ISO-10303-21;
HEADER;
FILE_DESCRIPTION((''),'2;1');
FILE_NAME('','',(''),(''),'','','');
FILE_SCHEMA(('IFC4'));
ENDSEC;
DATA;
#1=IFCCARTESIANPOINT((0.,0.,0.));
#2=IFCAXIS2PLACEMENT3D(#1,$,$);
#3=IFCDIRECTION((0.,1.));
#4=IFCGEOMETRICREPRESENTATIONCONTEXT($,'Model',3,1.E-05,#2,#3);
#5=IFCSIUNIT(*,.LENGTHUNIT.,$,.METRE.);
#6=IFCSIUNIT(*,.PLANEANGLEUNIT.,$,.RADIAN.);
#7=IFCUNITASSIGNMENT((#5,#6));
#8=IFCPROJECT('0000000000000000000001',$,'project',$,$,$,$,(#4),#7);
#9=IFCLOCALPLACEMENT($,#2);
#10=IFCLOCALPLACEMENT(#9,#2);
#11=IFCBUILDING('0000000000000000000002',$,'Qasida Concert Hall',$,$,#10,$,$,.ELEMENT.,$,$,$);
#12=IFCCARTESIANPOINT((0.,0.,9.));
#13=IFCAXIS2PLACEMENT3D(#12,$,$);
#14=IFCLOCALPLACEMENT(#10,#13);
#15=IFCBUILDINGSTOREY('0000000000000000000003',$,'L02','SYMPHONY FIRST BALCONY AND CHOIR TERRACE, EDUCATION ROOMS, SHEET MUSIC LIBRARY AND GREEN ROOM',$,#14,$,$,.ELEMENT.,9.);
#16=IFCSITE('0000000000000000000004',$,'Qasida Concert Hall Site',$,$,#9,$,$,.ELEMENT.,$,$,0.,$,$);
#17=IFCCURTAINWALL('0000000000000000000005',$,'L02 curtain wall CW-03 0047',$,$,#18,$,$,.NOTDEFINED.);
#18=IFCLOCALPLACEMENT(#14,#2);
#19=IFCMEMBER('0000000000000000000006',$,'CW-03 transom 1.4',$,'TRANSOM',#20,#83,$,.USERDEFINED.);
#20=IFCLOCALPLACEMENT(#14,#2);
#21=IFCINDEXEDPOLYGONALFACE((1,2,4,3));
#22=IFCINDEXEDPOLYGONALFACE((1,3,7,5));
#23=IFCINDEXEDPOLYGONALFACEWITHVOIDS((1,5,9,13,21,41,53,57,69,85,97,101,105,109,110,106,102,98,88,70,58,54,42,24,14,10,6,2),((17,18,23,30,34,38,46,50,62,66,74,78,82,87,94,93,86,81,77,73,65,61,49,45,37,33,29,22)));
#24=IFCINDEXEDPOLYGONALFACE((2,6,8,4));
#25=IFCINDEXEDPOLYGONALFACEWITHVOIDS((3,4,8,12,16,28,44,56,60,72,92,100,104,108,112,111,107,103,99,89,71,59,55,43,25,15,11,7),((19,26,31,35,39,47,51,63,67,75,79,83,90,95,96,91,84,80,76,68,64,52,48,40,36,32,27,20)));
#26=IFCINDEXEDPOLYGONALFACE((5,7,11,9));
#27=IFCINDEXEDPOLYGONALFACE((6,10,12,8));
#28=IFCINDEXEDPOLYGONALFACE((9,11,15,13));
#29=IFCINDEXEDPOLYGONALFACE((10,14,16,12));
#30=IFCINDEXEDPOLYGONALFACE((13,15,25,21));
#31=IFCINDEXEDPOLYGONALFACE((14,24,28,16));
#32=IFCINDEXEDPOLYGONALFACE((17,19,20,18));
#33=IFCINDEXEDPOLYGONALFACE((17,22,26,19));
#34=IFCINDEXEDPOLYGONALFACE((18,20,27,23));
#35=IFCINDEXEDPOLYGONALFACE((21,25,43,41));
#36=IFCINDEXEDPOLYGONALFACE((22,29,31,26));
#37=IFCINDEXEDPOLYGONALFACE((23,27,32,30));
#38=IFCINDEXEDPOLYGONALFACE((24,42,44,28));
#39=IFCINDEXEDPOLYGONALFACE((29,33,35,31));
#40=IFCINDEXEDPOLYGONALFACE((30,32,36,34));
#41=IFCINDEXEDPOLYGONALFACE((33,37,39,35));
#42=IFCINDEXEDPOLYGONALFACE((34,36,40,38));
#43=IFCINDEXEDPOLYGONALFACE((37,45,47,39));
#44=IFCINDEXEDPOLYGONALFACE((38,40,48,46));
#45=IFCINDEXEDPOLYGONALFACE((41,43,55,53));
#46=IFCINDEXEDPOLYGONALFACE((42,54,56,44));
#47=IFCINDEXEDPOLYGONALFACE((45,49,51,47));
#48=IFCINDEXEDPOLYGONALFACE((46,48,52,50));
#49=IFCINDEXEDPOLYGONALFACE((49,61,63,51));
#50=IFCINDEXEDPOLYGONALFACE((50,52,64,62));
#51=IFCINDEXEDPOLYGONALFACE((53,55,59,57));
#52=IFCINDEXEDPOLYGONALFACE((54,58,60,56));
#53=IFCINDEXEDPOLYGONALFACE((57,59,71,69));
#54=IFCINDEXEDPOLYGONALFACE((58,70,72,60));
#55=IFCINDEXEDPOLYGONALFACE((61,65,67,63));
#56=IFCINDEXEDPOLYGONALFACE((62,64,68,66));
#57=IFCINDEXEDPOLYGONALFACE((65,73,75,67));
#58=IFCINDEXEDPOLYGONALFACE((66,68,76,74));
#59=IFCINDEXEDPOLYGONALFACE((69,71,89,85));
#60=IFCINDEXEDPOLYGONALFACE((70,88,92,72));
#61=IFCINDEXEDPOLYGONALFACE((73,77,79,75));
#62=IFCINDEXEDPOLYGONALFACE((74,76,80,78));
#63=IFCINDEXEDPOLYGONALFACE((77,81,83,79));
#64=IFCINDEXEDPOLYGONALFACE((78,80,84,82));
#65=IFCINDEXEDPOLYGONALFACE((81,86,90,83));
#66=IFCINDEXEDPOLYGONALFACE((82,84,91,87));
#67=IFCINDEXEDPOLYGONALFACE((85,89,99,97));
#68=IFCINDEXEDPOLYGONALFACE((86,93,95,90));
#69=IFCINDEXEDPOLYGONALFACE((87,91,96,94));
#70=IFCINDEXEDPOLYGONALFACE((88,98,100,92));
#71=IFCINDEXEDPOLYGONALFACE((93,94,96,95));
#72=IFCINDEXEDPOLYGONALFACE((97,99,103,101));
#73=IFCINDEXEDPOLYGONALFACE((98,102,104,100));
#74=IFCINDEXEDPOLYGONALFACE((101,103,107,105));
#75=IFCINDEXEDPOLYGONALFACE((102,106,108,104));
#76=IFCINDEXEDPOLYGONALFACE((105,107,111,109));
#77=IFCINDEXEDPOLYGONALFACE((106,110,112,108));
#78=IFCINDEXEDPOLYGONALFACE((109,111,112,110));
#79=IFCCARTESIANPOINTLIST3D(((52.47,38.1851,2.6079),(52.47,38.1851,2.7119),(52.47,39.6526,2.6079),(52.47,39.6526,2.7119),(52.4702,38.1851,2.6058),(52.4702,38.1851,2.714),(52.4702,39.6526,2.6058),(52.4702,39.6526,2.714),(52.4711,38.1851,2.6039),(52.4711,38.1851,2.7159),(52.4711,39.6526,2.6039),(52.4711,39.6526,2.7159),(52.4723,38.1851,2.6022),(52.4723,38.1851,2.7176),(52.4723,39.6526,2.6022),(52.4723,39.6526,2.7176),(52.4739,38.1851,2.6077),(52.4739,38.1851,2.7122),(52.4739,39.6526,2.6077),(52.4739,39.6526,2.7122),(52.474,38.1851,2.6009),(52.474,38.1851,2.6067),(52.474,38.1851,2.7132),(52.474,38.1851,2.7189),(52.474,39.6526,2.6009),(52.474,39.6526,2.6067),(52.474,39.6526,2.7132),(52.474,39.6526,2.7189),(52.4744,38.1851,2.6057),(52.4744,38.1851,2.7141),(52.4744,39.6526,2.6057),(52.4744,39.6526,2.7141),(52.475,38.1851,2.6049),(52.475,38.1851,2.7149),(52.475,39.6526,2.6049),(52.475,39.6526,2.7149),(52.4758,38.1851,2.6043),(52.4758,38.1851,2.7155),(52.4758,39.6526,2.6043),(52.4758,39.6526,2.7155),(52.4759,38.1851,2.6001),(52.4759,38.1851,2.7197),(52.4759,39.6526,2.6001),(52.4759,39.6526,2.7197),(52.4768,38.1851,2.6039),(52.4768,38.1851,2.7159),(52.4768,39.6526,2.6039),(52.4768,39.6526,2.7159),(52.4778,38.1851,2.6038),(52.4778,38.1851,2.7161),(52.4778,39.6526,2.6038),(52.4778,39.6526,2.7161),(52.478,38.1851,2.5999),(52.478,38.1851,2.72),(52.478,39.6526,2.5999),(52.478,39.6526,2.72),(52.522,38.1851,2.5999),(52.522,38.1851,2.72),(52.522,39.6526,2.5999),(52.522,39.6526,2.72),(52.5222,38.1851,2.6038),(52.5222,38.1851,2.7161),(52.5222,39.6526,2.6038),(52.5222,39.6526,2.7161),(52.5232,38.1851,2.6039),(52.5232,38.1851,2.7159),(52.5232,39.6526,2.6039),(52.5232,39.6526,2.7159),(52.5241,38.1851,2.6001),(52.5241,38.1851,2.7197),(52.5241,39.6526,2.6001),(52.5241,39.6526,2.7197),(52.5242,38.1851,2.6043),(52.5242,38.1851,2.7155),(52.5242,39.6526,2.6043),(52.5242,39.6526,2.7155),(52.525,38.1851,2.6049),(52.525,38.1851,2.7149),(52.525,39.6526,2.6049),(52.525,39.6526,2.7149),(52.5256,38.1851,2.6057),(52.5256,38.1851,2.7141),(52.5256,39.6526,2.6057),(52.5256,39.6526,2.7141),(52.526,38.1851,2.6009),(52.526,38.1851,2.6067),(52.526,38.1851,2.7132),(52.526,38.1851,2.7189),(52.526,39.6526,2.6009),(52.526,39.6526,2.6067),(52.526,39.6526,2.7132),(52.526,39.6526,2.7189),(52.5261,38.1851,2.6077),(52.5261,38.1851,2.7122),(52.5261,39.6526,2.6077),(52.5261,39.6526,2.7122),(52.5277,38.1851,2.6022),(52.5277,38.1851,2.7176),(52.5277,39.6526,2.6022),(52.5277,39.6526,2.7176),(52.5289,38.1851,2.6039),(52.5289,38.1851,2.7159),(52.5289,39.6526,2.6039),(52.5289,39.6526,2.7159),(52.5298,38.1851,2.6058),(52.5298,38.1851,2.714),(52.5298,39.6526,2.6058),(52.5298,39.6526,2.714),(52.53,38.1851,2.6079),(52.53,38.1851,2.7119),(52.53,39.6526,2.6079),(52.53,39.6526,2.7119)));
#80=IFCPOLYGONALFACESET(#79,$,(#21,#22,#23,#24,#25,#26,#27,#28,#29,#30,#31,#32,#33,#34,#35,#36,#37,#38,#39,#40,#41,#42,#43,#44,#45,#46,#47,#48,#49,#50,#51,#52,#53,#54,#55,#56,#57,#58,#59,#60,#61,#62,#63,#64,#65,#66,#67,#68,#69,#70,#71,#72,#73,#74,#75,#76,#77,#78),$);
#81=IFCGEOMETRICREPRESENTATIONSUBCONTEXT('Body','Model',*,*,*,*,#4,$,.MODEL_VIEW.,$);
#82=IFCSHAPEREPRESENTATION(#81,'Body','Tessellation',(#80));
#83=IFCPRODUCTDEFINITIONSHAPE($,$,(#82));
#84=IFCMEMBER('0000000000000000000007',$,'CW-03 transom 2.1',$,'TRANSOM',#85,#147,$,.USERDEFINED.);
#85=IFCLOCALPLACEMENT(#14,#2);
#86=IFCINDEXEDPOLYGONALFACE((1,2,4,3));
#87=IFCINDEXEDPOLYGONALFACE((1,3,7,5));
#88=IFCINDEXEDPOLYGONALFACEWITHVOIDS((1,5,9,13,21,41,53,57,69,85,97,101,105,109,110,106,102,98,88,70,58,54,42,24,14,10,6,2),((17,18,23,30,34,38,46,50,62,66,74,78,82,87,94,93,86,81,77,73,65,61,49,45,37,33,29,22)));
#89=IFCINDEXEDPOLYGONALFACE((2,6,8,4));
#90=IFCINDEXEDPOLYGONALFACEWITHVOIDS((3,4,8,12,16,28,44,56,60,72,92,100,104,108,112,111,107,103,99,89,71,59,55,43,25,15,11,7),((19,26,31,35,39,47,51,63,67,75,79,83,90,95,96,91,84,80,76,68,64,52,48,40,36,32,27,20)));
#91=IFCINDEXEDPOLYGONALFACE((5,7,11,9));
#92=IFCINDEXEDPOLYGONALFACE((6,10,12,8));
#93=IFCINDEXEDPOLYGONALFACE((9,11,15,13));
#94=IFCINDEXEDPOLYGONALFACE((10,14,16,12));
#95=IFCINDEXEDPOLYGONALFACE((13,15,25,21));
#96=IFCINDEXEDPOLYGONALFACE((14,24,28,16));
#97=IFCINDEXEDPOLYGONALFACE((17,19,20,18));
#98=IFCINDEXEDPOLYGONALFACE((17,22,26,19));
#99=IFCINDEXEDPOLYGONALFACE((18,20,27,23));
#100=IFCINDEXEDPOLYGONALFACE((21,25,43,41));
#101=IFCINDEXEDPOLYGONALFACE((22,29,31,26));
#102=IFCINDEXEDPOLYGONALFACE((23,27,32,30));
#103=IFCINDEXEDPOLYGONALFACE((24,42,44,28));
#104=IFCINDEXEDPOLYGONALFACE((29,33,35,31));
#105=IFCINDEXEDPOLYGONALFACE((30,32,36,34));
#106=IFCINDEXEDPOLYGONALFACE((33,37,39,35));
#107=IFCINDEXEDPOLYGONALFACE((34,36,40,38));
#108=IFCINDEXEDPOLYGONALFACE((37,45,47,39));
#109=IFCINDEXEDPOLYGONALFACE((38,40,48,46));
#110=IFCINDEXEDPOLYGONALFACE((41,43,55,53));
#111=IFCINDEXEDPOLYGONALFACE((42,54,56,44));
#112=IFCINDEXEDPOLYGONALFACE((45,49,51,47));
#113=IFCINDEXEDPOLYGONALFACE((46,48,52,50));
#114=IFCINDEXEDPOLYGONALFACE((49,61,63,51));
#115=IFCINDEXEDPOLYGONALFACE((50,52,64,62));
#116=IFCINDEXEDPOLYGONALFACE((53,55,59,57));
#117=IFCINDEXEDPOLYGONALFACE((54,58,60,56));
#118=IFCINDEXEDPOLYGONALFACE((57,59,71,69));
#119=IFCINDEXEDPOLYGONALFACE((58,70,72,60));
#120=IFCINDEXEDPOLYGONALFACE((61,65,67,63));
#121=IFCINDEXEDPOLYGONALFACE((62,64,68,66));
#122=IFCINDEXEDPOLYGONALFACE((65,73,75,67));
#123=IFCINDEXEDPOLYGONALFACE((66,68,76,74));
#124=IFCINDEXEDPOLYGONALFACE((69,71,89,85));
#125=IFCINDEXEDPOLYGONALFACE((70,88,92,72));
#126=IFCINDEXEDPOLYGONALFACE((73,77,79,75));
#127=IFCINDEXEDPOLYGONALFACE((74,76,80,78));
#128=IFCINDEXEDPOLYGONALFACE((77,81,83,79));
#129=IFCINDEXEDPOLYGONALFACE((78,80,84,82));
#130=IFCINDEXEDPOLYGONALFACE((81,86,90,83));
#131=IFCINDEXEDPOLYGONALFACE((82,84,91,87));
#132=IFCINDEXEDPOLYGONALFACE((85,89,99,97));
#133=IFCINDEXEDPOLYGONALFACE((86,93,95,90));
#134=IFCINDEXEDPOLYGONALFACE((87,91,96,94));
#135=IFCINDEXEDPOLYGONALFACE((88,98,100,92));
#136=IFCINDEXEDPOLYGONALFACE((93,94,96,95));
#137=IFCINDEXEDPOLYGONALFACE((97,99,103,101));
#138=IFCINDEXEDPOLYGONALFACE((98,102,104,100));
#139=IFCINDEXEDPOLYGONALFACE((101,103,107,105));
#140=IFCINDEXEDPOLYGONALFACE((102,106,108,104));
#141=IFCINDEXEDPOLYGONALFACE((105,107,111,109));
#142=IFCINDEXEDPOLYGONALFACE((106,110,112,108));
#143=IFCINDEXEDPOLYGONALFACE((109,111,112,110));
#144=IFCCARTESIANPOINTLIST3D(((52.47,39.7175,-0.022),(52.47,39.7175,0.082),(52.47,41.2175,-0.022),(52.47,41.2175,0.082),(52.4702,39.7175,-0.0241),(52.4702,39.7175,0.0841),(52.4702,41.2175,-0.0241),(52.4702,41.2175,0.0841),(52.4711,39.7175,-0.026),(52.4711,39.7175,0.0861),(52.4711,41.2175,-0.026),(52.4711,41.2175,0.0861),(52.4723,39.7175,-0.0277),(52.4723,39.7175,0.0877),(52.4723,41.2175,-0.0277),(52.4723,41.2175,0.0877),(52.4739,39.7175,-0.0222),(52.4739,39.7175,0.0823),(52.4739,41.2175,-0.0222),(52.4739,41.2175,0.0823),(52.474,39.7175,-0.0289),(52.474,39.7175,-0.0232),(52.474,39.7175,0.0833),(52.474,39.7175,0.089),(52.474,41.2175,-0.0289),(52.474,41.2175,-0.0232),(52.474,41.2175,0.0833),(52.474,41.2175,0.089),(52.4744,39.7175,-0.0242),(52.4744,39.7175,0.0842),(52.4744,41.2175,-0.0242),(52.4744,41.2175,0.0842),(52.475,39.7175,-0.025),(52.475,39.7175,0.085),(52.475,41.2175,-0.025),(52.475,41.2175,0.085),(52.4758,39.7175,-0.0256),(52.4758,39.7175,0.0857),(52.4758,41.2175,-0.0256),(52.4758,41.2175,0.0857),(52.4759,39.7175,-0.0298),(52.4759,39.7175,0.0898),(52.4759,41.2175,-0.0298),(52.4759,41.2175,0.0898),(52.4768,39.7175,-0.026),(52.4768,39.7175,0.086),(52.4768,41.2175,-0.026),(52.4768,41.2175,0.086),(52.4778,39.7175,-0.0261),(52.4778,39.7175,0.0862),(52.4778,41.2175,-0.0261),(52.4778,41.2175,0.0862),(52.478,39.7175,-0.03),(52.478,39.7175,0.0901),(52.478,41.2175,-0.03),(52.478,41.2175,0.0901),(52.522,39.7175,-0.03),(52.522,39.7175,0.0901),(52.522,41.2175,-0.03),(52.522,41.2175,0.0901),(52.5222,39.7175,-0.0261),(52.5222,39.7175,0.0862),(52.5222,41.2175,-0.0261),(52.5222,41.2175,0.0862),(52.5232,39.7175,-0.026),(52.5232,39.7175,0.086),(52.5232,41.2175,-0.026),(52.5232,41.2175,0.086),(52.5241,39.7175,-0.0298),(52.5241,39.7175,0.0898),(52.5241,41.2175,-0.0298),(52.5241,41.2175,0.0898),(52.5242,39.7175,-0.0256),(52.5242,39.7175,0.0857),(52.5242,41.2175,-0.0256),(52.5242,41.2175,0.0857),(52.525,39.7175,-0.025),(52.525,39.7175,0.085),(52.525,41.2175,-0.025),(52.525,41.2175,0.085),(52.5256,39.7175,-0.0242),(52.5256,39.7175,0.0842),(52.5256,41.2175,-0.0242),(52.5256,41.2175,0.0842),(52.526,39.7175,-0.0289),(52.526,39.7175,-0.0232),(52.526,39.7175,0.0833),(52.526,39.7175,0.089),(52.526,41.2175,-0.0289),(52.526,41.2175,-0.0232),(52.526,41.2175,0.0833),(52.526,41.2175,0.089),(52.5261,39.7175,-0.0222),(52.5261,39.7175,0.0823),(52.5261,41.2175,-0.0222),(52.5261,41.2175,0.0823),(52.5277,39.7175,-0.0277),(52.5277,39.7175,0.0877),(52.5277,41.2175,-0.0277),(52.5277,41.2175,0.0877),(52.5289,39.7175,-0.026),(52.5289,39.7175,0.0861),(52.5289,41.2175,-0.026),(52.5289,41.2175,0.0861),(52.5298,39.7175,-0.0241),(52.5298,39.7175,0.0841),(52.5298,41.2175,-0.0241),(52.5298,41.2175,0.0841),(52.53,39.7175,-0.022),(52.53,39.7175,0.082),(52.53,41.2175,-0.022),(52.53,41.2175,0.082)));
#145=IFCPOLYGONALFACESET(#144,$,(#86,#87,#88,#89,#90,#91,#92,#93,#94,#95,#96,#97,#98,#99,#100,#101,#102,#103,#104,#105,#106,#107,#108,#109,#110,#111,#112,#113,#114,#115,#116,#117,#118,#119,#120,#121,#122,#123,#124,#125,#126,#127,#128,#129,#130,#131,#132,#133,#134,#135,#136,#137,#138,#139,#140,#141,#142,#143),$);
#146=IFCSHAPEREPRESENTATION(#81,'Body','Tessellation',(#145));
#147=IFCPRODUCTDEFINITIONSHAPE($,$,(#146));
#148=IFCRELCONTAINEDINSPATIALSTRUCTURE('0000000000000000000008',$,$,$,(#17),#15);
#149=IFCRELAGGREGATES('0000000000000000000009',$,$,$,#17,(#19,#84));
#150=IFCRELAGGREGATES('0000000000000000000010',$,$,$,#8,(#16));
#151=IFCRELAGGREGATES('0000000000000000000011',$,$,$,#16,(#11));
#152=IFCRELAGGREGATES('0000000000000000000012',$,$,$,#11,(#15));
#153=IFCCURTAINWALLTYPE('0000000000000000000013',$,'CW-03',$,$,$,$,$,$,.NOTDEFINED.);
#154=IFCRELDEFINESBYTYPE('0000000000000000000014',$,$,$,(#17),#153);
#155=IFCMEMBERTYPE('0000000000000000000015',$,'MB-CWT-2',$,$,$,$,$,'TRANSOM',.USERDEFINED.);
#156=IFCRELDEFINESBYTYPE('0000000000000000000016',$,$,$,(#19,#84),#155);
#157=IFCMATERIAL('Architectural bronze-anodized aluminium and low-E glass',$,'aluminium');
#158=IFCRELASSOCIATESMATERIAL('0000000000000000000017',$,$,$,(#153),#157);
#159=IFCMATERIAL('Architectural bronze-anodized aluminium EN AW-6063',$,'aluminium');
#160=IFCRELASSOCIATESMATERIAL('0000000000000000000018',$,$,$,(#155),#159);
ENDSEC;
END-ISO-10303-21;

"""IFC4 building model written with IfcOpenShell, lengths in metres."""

from ifc_helpers import new_model, si_unit, direction, frame, origin, origin_2d, place, context, subcontext, project, spatial, hollow_rectangle, extrude, material, material_profile, profile_set, type_object, element, aggregate, save


model = new_model("IFC4")

# Units and contexts
model_context = context("Model", 3, precision=1e-05, world=origin(), true_north=direction((0.0, 1.0)))
body_context = subcontext(model_context, "Body", "Model", "MODEL_VIEW")
ifc_project = project(units=[si_unit("LENGTHUNIT", "METRE"), si_unit("PLANEANGLEUNIT", "RADIAN")], contexts=[model_context])

# Site, building, storey
site_placement = place(None, origin())
site = spatial("IfcSite", under=ifc_project, at=site_placement, Name="Qasida Concert Hall Site", CompositionType="ELEMENT", RefElevation=0.0)
building_placement = place(site_placement, origin())
building = spatial("IfcBuilding", under=site, at=building_placement, Name="Qasida Concert Hall", CompositionType="ELEMENT")
storey_placement = place(building_placement, frame((0.0, 0.0, 9.0)))
storey = spatial("IfcBuildingStorey", under=building, at=storey_placement, Name="L02", Description="SYMPHONY FIRST BALCONY AND CHOIR TERRACE, EDUCATION ROOMS, SHEET MUSIC LIBRARY AND GREEN ROOM", CompositionType="ELEMENT", Elevation=9.0)

# Curtain wall
ifc_material_1 = material(Name="Architectural bronze-anodized aluminium and low-E glass", Category="aluminium")
curtain_wall_type_1 = type_object("IfcCurtainWallType", Name="CW-03", PredefinedType="NOTDEFINED", material=ifc_material_1)
curtain_wall_1_placement = place(storey_placement, origin())
curtain_wall_1 = element("IfcCurtainWall", 1, at=curtain_wall_1_placement, inside=storey, type_object=curtain_wall_type_1, Name="L02 curtain wall CW-03 0047", PredefinedType="NOTDEFINED")
ifc_material_2 = material(Name="Architectural bronze-anodized aluminium EN AW-6063", Category="aluminium")

# Members
ifc_material_profile_1 = material_profile(ifc_material_2, hollow_rectangle(XDim=0.0601, YDim=0.1201, WallThickness=0.0039, InnerFilletRadius=0.0039, OuterFilletRadius=0.0081, at=origin_2d()), Name="CWT 120x60x4")
ifc_profile_set_1 = profile_set([ifc_material_profile_1], Name="Architectural bronze-anodized aluminium EN AW-6063")
member_type_1 = type_object("IfcMemberType", Name="MB-CWT-2", ElementType="TRANSOM", PredefinedType="USERDEFINED", material=ifc_profile_set_1)
member_1_placement = place(storey_placement, frame((52.5, 38.1851, 2.6599), z_axis=(0.0, 1.0, 0.0), x_axis=(-1.0, 0.0, 0.0)))
member_1 = element("IfcMember", 2, at=member_1_placement, type_object=member_type_1, Name="CW-03 transom 1.4", ObjectType="TRANSOM", PredefinedType="USERDEFINED", context=body_context, shape_type="SweptSolid", body=[
    extrude(hollow_rectangle(XDim=0.0601, YDim=0.1201, WallThickness=0.0039, InnerFilletRadius=0.0039, OuterFilletRadius=0.0081, at=origin_2d()), origin(), (0.0, 0.0, 1.0), 1.4675),
])
member_2_placement = place(storey_placement, frame((52.5, 39.7175, 0.03), z_axis=(0.0, 1.0, 0.0), x_axis=(-1.0, 0.0, 0.0)))
member_2 = element("IfcMember", 3, at=member_2_placement, type_object=member_type_1, Name="CW-03 transom 2.1", ObjectType="TRANSOM", PredefinedType="USERDEFINED", context=body_context, shape_type="SweptSolid", body=[
    extrude(hollow_rectangle(XDim=0.0601, YDim=0.1201, WallThickness=0.0039, InnerFilletRadius=0.0039, OuterFilletRadius=0.0081, at=origin_2d()), origin(), (0.0, 0.0, 1.0), 1.5),
])

aggregate(curtain_wall_1, [member_1, member_2])

save(model, "model.ifc")
